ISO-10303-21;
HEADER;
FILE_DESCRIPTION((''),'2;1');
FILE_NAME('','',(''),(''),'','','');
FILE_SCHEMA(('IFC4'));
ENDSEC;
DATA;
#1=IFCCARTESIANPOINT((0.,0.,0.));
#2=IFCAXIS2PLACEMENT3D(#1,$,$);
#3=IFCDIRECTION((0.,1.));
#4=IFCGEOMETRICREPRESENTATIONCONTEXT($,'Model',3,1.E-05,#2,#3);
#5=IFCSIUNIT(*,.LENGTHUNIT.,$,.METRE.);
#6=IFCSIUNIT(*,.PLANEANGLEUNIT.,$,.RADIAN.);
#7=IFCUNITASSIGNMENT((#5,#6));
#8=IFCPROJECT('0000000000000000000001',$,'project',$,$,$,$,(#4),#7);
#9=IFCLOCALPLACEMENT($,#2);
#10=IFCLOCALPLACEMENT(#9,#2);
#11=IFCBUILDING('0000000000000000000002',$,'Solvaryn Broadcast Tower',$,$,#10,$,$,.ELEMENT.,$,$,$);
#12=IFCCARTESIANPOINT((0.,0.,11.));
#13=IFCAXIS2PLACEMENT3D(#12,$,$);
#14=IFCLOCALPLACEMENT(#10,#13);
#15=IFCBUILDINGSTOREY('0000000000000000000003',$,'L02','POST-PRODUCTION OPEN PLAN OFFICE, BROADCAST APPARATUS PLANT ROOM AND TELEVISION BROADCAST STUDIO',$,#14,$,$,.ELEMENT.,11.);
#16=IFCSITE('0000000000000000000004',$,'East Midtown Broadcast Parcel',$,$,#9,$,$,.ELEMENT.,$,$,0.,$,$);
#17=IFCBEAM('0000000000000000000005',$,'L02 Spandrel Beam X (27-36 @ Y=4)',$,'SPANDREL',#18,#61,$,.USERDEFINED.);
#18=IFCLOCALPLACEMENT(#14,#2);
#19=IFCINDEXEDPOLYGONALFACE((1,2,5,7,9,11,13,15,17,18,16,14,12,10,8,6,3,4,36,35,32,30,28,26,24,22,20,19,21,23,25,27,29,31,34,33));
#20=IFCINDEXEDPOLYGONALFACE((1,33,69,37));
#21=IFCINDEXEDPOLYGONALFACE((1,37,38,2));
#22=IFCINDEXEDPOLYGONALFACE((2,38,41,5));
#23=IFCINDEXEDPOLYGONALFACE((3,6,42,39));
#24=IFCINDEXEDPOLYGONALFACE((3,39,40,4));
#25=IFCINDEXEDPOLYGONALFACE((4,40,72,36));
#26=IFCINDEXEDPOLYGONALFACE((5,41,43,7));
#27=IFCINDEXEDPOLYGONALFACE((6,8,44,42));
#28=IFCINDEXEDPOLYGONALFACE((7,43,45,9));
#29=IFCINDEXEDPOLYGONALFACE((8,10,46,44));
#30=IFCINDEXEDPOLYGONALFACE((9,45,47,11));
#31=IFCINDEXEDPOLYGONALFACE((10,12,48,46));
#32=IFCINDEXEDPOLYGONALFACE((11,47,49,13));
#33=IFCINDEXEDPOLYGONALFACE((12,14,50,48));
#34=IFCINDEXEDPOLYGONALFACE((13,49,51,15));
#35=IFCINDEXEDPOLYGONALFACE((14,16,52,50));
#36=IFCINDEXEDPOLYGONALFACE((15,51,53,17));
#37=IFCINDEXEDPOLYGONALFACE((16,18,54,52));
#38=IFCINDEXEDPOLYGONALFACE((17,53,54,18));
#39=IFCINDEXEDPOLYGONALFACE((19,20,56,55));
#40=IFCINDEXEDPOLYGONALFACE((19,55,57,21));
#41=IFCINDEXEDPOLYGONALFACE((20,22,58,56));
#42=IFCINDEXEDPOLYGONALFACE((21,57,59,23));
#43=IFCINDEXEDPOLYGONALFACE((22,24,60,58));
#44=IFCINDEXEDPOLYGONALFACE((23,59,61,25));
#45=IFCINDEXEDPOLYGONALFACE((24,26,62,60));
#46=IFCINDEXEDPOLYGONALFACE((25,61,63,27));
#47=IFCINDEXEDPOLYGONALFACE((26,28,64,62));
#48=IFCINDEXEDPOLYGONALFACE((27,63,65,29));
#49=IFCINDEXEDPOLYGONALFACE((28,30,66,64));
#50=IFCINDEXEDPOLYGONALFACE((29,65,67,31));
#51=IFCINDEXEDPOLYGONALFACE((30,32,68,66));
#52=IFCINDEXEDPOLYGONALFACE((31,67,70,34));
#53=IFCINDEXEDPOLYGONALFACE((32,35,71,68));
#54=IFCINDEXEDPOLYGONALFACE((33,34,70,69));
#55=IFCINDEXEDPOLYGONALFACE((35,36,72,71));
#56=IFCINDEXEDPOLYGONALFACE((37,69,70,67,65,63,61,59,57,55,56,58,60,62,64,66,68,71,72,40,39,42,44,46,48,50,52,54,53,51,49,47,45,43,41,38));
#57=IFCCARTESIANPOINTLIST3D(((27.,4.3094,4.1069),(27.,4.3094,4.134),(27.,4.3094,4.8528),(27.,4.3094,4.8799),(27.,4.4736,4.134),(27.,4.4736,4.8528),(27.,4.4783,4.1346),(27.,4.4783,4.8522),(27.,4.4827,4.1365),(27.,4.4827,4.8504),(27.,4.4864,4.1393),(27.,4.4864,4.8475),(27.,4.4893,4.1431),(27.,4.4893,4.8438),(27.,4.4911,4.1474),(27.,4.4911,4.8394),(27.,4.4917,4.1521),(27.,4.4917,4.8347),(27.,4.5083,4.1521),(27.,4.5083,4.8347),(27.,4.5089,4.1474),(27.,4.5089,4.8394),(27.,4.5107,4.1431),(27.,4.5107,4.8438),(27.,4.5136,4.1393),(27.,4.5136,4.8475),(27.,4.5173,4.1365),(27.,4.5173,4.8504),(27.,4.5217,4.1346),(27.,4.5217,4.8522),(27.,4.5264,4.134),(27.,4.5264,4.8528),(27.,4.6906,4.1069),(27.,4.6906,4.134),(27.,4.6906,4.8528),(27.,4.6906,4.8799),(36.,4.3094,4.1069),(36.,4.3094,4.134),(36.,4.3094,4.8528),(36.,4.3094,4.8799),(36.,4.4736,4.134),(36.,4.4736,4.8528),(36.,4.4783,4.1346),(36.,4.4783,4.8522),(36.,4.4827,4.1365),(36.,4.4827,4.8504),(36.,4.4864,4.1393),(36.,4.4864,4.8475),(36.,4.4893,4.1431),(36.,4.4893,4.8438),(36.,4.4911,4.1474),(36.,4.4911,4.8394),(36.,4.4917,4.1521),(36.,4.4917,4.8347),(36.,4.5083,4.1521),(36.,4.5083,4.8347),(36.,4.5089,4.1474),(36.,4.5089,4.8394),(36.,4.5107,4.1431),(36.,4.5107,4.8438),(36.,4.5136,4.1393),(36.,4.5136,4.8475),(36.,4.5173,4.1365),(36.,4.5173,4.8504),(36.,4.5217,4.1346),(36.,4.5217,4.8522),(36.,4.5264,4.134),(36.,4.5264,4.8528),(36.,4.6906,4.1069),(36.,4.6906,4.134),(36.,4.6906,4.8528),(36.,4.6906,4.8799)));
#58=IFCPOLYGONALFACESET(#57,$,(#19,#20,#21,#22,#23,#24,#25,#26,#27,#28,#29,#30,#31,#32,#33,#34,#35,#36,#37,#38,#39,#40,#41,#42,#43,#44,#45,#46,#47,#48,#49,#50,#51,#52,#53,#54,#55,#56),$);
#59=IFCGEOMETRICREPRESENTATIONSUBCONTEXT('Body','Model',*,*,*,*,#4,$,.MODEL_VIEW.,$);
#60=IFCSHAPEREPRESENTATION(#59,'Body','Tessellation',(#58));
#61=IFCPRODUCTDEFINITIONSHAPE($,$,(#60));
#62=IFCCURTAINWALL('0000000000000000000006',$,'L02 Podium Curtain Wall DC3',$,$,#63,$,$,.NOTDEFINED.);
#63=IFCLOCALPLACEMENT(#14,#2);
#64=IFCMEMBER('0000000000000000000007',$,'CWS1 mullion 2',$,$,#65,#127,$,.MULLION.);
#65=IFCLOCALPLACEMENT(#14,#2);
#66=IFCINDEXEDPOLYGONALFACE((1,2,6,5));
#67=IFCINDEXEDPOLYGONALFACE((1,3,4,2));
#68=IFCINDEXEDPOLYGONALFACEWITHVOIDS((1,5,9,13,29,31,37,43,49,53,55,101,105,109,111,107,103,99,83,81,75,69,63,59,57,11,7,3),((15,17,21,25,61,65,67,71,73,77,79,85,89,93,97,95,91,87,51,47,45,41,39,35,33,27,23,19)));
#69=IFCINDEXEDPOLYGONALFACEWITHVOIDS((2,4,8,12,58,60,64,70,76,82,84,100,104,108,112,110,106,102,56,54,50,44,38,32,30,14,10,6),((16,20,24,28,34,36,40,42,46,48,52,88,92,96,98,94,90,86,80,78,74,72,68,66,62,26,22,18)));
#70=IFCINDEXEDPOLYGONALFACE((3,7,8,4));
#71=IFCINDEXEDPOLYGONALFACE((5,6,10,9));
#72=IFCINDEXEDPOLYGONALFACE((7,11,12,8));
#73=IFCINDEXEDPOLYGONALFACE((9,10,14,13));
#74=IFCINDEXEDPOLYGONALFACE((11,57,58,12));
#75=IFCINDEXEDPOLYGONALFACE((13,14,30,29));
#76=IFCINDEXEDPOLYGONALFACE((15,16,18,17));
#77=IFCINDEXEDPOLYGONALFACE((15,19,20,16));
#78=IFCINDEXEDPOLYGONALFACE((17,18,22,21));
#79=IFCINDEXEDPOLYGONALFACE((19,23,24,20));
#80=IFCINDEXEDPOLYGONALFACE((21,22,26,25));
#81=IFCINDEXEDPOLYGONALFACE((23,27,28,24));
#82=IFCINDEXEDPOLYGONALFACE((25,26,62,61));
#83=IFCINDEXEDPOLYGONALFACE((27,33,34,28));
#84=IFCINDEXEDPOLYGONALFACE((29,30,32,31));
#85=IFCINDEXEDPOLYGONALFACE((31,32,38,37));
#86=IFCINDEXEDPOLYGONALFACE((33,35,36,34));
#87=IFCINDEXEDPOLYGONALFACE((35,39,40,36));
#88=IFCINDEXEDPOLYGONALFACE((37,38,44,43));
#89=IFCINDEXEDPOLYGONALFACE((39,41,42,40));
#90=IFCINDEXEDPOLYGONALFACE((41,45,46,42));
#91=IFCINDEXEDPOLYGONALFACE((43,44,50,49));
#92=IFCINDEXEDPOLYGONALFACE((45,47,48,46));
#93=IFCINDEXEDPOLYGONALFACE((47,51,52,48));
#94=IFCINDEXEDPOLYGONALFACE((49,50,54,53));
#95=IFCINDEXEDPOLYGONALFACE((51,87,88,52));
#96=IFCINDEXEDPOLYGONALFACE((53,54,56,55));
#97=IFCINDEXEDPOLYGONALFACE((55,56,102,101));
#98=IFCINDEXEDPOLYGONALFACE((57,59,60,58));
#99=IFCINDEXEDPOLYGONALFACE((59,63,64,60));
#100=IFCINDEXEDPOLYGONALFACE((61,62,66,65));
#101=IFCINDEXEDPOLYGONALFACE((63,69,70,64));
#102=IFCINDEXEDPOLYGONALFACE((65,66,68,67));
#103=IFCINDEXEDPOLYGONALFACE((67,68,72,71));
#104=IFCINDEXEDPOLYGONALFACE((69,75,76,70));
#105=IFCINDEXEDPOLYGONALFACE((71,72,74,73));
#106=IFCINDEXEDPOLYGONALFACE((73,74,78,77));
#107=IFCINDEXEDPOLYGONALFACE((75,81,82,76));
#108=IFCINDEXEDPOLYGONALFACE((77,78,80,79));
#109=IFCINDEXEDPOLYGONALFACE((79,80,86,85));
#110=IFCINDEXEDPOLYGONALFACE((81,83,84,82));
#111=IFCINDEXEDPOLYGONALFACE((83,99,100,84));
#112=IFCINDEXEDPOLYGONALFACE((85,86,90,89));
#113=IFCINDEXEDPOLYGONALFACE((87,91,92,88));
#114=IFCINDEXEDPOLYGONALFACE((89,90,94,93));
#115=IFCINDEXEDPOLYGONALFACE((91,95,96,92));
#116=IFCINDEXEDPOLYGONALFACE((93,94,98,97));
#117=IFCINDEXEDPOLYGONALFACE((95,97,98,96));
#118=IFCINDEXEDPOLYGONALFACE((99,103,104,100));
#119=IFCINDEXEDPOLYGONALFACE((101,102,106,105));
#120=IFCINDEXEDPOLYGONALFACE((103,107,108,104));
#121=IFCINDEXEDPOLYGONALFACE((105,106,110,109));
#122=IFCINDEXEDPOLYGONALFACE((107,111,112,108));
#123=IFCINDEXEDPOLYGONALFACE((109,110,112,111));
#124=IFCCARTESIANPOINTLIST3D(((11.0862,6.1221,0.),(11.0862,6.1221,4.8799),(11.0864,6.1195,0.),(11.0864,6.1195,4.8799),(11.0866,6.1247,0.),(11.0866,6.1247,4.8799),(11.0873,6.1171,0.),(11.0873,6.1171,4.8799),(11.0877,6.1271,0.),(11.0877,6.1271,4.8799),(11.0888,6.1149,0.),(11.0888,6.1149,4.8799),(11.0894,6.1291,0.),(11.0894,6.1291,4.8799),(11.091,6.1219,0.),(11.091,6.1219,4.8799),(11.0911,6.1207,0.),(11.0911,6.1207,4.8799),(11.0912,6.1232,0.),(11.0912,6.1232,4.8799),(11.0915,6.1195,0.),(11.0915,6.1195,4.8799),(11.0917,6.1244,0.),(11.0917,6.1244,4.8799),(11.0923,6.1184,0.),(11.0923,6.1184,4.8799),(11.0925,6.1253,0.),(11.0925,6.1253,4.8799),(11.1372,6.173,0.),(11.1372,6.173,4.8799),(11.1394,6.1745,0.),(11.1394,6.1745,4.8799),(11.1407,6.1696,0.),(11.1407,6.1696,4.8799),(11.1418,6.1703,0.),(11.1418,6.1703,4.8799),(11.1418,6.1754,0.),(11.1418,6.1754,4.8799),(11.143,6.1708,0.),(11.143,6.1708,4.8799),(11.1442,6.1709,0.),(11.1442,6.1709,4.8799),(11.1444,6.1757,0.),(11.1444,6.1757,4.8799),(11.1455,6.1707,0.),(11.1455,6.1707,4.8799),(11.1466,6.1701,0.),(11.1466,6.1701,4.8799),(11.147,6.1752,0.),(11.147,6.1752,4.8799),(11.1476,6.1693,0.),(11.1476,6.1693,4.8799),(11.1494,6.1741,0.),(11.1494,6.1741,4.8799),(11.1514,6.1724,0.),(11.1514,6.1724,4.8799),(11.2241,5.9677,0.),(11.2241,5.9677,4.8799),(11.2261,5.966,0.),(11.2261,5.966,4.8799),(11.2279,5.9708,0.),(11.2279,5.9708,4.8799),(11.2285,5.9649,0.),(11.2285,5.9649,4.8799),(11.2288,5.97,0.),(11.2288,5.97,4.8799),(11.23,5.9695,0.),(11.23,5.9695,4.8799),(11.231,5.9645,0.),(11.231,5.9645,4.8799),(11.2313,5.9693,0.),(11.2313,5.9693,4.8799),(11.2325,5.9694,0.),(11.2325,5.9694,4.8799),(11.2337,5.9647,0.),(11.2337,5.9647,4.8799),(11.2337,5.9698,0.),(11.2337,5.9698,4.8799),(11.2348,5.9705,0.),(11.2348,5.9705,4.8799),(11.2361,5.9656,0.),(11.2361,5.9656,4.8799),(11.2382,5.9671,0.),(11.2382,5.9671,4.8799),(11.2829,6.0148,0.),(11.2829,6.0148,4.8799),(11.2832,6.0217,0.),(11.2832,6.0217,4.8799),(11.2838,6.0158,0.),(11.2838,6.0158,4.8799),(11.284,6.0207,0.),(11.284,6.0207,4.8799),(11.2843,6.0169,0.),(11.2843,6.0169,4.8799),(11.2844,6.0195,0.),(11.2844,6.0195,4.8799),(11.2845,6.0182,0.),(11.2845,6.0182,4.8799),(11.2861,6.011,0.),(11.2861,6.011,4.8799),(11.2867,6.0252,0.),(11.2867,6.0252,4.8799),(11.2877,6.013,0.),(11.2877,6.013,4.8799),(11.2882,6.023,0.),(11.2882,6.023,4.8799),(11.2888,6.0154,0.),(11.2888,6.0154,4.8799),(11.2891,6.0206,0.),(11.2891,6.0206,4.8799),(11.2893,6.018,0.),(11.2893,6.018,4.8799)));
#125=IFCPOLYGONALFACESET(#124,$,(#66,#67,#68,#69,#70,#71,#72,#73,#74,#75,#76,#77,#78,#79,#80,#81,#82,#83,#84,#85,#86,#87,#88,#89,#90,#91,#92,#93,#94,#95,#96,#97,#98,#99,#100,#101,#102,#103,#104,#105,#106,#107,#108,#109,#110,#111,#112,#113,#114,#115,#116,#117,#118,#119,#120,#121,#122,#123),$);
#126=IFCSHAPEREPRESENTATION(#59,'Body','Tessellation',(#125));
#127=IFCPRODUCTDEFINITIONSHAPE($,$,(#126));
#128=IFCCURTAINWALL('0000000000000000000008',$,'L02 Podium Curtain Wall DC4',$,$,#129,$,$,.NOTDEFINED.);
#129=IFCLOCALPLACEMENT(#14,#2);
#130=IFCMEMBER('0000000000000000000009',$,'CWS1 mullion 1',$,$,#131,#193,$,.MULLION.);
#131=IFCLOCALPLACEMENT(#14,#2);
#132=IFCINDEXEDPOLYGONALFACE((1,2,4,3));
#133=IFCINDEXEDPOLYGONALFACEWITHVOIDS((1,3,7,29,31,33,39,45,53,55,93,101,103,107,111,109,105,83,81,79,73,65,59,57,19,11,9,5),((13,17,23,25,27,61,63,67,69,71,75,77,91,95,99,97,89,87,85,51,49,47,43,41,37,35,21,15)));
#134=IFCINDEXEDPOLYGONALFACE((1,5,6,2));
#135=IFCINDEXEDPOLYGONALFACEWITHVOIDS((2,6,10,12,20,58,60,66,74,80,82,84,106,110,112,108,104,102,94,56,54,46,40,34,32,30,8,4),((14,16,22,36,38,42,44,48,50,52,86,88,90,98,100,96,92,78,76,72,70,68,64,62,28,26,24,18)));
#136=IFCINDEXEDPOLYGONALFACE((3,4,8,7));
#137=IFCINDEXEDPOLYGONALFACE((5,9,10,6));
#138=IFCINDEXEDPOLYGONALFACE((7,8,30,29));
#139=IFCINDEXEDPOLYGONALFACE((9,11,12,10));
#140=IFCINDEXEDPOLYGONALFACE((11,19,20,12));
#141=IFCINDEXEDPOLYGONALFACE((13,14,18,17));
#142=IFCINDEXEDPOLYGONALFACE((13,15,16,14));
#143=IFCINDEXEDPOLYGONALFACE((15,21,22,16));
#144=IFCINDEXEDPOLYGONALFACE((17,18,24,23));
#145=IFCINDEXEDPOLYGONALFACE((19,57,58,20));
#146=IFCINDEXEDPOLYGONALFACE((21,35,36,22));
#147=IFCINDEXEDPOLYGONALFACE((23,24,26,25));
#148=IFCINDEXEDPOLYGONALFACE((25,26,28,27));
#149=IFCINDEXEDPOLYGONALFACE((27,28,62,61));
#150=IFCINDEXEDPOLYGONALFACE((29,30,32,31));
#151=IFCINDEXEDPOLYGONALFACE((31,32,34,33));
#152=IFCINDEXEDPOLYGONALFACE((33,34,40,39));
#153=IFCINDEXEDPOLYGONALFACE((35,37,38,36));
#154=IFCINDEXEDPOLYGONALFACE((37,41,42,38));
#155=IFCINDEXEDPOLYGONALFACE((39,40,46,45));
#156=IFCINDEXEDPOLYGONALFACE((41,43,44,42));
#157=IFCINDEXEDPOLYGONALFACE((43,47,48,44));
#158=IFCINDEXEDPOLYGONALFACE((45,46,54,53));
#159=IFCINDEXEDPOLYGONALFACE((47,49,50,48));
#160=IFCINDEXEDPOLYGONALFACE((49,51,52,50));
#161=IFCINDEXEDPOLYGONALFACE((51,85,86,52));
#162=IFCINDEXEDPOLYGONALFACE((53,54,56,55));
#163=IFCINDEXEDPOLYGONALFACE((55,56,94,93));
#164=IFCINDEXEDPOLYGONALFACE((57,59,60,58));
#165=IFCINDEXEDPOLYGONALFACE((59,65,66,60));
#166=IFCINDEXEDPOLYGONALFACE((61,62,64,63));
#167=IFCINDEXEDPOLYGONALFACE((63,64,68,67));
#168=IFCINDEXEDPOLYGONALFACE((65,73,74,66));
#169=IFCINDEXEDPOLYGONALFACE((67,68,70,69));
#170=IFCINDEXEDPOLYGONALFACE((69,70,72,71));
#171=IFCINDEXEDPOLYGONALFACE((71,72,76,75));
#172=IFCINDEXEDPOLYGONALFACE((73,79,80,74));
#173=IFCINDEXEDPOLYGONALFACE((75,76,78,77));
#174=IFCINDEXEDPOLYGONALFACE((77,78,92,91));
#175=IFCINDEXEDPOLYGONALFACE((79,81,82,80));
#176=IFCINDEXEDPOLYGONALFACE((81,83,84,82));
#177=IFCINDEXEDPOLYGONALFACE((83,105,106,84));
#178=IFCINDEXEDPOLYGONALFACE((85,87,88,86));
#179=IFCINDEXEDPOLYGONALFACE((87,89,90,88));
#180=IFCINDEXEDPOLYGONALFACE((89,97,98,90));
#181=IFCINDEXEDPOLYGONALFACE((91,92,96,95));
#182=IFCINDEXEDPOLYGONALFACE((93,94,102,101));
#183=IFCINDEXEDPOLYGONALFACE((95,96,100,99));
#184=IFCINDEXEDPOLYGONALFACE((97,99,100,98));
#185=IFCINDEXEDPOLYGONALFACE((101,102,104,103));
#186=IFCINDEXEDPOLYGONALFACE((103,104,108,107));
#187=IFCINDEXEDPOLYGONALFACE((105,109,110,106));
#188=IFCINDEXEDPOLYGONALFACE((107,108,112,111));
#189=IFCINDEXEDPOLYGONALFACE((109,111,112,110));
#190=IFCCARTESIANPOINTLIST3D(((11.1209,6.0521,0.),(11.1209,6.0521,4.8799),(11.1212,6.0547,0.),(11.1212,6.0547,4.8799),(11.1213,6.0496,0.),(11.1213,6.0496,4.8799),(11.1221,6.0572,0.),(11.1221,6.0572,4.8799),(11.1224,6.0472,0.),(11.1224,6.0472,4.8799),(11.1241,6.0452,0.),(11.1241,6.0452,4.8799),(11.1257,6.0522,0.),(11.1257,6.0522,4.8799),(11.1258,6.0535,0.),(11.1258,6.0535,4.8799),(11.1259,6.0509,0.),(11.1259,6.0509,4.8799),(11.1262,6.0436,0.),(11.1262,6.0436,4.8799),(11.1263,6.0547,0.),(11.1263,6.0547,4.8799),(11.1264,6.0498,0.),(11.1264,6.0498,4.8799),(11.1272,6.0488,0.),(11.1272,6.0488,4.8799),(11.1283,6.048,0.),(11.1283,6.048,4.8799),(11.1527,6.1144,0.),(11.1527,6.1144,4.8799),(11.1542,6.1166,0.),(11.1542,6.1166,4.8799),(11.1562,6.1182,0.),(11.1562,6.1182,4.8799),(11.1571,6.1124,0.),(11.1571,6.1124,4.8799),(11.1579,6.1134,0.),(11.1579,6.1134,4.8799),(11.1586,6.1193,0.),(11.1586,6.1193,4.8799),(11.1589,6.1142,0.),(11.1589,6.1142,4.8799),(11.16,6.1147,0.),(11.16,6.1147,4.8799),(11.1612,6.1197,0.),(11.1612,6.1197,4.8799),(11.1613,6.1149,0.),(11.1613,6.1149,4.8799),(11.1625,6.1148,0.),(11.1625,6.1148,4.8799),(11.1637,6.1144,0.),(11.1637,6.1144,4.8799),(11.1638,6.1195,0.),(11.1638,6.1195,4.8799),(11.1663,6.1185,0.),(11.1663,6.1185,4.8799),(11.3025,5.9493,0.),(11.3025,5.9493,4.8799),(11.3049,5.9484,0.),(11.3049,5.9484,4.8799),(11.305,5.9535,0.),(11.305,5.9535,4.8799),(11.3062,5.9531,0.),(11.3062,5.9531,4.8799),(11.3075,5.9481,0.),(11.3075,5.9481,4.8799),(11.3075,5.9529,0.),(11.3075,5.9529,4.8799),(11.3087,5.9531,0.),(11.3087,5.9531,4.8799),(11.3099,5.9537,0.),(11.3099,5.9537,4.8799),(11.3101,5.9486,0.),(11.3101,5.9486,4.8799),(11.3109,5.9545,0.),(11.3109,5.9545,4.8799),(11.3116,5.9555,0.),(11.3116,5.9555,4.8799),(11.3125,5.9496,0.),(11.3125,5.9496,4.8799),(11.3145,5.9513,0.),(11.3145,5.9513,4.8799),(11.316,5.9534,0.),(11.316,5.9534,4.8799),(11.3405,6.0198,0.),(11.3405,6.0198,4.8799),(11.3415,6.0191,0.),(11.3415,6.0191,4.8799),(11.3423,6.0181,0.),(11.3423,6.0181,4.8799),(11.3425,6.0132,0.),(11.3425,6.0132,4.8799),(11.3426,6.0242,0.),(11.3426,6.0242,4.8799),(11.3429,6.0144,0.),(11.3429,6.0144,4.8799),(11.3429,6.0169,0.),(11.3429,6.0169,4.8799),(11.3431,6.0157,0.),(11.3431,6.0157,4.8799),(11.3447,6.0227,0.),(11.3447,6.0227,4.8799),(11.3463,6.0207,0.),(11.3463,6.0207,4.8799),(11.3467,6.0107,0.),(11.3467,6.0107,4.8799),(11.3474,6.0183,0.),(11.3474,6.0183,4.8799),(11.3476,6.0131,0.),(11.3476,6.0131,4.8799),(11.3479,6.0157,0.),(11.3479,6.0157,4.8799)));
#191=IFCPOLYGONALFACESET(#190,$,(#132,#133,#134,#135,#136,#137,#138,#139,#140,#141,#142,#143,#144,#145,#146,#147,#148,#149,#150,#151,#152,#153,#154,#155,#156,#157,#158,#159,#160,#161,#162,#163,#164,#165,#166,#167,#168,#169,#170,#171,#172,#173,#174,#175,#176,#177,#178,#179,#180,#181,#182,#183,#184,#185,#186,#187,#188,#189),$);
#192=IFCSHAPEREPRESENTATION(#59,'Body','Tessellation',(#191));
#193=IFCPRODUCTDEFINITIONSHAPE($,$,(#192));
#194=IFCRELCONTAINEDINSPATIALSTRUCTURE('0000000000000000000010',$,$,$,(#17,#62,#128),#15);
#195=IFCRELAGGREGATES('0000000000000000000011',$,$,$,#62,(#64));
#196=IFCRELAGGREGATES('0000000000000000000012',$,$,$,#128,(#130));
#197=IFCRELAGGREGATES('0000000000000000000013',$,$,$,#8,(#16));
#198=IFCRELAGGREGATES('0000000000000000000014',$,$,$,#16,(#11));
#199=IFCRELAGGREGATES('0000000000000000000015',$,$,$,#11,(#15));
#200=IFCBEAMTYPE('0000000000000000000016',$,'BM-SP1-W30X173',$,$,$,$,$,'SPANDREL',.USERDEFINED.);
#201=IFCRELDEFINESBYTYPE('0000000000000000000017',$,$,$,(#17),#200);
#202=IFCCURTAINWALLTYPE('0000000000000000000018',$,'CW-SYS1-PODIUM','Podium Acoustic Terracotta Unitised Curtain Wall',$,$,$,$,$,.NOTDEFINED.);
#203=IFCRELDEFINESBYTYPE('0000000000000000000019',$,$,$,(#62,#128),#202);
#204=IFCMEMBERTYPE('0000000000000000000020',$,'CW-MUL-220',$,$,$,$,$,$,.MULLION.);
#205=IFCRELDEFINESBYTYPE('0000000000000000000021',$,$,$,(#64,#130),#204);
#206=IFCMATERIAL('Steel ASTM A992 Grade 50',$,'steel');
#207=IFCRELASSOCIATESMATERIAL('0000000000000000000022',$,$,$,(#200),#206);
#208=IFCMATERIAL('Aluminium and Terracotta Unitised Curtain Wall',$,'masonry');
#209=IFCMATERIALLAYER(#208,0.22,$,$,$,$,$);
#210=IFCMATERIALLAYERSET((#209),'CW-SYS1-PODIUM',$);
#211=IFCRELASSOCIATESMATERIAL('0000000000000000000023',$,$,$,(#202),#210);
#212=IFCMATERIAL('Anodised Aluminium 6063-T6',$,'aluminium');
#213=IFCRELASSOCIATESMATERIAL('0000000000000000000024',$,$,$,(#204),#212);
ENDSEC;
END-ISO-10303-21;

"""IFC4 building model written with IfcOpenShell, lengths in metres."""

from ifc_helpers import new_model, si_unit, direction, frame, origin, origin_2d, place, context, subcontext, project, spatial, hollow_rectangle, i_section, extrude, material, layer, layer_set, material_profile, profile_set, type_object, element, aggregate, save


model = new_model("IFC4")

# Units and contexts
model_context = context("Model", 3, precision=1e-05, world=origin(), true_north=direction((0.0, 1.0)))
body_context = subcontext(model_context, "Body", "Model", "MODEL_VIEW")
ifc_project = project(units=[si_unit("LENGTHUNIT", "METRE"), si_unit("PLANEANGLEUNIT", "RADIAN")], contexts=[model_context])

# Site, building, storey
site_placement = place(None, origin())
site = spatial("IfcSite", under=ifc_project, at=site_placement, Name="East Midtown Broadcast Parcel", CompositionType="ELEMENT", RefElevation=0.0)
building_placement = place(site_placement, origin())
building = spatial("IfcBuilding", under=site, at=building_placement, Name="Solvaryn Broadcast Tower", CompositionType="ELEMENT")
storey_placement = place(building_placement, frame((0.0, 0.0, 11.0)))
storey = spatial("IfcBuildingStorey", under=building, at=storey_placement, Name="L02", Description="POST-PRODUCTION OPEN PLAN OFFICE, BROADCAST APPARATUS PLANT ROOM AND TELEVISION BROADCAST STUDIO", CompositionType="ELEMENT", Elevation=11.0)

# Beam
ifc_material_1 = material(Name="Steel ASTM A992 Grade 50", Category="steel")
ifc_material_profile_1 = material_profile(ifc_material_1, i_section(OverallWidth=0.3811, OverallDepth=0.7729, WebThickness=0.0166, FlangeThickness=0.0271, FilletRadius=0.0181, at=origin_2d()))
ifc_profile_set_1 = profile_set([ifc_material_profile_1], Name="Steel ASTM A992 Grade 50")
beam_type_1 = type_object("IfcBeamType", Name="BM-SP1-W30X173", ElementType="SPANDREL", PredefinedType="USERDEFINED", material=ifc_profile_set_1)
beam_1_placement = place(storey_placement, frame((27.0, 4.5, 4.4934), z_axis=(1.0, 0.0, 0.0), x_axis=(0.0, 1.0, 0.0)))
element("IfcBeam", 1, at=beam_1_placement, inside=storey, type_object=beam_type_1, Name="L02 Spandrel Beam X (27-36 @ Y=4)", ObjectType="SPANDREL", PredefinedType="USERDEFINED", context=body_context, shape_type="SweptSolid", body=[
    extrude(i_section(OverallWidth=0.3811, OverallDepth=0.7729, WebThickness=0.0166, FlangeThickness=0.0271, FilletRadius=0.0181, at=origin_2d()), origin(), (0.0, 0.0, 1.0), 9.0),
])

# Curtain wall, member
ifc_material_2 = material(Name="Aluminium and Terracotta Unitised Curtain Wall", Category="masonry")
ifc_layer_1 = layer(ifc_material_2, 0.22)
ifc_layer_set_1 = layer_set([ifc_layer_1], Name="CW-SYS1-PODIUM")
curtain_wall_type = type_object("IfcCurtainWallType", Name="CW-SYS1-PODIUM", Description="Podium Acoustic Terracotta Unitised Curtain Wall", PredefinedType="NOTDEFINED", material=ifc_layer_set_1)
curtain_wall_1_placement = place(storey_placement, origin())
curtain_wall_1 = element("IfcCurtainWall", 2, at=curtain_wall_1_placement, inside=storey, type_object=curtain_wall_type, Name="L02 Podium Curtain Wall DC3", PredefinedType="NOTDEFINED")
ifc_material_3 = material(Name="Anodised Aluminium 6063-T6", Category="aluminium")
ifc_material_profile_2 = material_profile(ifc_material_3, hollow_rectangle(XDim=0.085, YDim=0.22, WallThickness=0.0049, InnerFilletRadius=0.0049, OuterFilletRadius=0.01, at=origin_2d()))
ifc_profile_set_2 = profile_set([ifc_material_profile_2], Name="Anodised Aluminium 6063-T6")
member_type_1 = type_object("IfcMemberType", Name="CW-MUL-220", PredefinedType="MULLION", material=ifc_profile_set_2)
member_1_placement = place(storey_placement, frame((11.1877, 6.0701, 0.0), z_axis=(0.0, 0.0, 1.0), x_axis=(0.736394, 0.676553, 0.0)))
member_1 = element("IfcMember", 3, at=member_1_placement, type_object=member_type_1, Name="CWS1 mullion 2", PredefinedType="MULLION", context=body_context, shape_type="SweptSolid", body=[
    extrude(hollow_rectangle(XDim=0.085, YDim=0.22, WallThickness=0.0049, InnerFilletRadius=0.0049, OuterFilletRadius=0.01, at=origin_2d()), origin(), (0.0, 0.0, 1.0), 4.8799),
])
aggregate(curtain_wall_1, [member_1])

# Curtain wall, member
curtain_wall_2_placement = place(storey_placement, origin())
curtain_wall_2 = element("IfcCurtainWall", 4, at=curtain_wall_2_placement, inside=storey, type_object=curtain_wall_type, Name="L02 Podium Curtain Wall DC4", PredefinedType="NOTDEFINED")
member_2_placement = place(storey_placement, frame((11.2344, 6.0339, 0.0), z_axis=(0.0, 0.0, 1.0), x_axis=(0.471639, 0.881792, 0.0)))
member_2 = element("IfcMember", 5, at=member_2_placement, type_object=member_type_1, Name="CWS1 mullion 1", PredefinedType="MULLION", context=body_context, shape_type="SweptSolid", body=[
    extrude(hollow_rectangle(XDim=0.085, YDim=0.22, WallThickness=0.0049, InnerFilletRadius=0.0049, OuterFilletRadius=0.01, at=origin_2d()), origin(), (0.0, 0.0, 1.0), 4.8799),
])
aggregate(curtain_wall_2, [member_2])

save(model, "model.ifc")
